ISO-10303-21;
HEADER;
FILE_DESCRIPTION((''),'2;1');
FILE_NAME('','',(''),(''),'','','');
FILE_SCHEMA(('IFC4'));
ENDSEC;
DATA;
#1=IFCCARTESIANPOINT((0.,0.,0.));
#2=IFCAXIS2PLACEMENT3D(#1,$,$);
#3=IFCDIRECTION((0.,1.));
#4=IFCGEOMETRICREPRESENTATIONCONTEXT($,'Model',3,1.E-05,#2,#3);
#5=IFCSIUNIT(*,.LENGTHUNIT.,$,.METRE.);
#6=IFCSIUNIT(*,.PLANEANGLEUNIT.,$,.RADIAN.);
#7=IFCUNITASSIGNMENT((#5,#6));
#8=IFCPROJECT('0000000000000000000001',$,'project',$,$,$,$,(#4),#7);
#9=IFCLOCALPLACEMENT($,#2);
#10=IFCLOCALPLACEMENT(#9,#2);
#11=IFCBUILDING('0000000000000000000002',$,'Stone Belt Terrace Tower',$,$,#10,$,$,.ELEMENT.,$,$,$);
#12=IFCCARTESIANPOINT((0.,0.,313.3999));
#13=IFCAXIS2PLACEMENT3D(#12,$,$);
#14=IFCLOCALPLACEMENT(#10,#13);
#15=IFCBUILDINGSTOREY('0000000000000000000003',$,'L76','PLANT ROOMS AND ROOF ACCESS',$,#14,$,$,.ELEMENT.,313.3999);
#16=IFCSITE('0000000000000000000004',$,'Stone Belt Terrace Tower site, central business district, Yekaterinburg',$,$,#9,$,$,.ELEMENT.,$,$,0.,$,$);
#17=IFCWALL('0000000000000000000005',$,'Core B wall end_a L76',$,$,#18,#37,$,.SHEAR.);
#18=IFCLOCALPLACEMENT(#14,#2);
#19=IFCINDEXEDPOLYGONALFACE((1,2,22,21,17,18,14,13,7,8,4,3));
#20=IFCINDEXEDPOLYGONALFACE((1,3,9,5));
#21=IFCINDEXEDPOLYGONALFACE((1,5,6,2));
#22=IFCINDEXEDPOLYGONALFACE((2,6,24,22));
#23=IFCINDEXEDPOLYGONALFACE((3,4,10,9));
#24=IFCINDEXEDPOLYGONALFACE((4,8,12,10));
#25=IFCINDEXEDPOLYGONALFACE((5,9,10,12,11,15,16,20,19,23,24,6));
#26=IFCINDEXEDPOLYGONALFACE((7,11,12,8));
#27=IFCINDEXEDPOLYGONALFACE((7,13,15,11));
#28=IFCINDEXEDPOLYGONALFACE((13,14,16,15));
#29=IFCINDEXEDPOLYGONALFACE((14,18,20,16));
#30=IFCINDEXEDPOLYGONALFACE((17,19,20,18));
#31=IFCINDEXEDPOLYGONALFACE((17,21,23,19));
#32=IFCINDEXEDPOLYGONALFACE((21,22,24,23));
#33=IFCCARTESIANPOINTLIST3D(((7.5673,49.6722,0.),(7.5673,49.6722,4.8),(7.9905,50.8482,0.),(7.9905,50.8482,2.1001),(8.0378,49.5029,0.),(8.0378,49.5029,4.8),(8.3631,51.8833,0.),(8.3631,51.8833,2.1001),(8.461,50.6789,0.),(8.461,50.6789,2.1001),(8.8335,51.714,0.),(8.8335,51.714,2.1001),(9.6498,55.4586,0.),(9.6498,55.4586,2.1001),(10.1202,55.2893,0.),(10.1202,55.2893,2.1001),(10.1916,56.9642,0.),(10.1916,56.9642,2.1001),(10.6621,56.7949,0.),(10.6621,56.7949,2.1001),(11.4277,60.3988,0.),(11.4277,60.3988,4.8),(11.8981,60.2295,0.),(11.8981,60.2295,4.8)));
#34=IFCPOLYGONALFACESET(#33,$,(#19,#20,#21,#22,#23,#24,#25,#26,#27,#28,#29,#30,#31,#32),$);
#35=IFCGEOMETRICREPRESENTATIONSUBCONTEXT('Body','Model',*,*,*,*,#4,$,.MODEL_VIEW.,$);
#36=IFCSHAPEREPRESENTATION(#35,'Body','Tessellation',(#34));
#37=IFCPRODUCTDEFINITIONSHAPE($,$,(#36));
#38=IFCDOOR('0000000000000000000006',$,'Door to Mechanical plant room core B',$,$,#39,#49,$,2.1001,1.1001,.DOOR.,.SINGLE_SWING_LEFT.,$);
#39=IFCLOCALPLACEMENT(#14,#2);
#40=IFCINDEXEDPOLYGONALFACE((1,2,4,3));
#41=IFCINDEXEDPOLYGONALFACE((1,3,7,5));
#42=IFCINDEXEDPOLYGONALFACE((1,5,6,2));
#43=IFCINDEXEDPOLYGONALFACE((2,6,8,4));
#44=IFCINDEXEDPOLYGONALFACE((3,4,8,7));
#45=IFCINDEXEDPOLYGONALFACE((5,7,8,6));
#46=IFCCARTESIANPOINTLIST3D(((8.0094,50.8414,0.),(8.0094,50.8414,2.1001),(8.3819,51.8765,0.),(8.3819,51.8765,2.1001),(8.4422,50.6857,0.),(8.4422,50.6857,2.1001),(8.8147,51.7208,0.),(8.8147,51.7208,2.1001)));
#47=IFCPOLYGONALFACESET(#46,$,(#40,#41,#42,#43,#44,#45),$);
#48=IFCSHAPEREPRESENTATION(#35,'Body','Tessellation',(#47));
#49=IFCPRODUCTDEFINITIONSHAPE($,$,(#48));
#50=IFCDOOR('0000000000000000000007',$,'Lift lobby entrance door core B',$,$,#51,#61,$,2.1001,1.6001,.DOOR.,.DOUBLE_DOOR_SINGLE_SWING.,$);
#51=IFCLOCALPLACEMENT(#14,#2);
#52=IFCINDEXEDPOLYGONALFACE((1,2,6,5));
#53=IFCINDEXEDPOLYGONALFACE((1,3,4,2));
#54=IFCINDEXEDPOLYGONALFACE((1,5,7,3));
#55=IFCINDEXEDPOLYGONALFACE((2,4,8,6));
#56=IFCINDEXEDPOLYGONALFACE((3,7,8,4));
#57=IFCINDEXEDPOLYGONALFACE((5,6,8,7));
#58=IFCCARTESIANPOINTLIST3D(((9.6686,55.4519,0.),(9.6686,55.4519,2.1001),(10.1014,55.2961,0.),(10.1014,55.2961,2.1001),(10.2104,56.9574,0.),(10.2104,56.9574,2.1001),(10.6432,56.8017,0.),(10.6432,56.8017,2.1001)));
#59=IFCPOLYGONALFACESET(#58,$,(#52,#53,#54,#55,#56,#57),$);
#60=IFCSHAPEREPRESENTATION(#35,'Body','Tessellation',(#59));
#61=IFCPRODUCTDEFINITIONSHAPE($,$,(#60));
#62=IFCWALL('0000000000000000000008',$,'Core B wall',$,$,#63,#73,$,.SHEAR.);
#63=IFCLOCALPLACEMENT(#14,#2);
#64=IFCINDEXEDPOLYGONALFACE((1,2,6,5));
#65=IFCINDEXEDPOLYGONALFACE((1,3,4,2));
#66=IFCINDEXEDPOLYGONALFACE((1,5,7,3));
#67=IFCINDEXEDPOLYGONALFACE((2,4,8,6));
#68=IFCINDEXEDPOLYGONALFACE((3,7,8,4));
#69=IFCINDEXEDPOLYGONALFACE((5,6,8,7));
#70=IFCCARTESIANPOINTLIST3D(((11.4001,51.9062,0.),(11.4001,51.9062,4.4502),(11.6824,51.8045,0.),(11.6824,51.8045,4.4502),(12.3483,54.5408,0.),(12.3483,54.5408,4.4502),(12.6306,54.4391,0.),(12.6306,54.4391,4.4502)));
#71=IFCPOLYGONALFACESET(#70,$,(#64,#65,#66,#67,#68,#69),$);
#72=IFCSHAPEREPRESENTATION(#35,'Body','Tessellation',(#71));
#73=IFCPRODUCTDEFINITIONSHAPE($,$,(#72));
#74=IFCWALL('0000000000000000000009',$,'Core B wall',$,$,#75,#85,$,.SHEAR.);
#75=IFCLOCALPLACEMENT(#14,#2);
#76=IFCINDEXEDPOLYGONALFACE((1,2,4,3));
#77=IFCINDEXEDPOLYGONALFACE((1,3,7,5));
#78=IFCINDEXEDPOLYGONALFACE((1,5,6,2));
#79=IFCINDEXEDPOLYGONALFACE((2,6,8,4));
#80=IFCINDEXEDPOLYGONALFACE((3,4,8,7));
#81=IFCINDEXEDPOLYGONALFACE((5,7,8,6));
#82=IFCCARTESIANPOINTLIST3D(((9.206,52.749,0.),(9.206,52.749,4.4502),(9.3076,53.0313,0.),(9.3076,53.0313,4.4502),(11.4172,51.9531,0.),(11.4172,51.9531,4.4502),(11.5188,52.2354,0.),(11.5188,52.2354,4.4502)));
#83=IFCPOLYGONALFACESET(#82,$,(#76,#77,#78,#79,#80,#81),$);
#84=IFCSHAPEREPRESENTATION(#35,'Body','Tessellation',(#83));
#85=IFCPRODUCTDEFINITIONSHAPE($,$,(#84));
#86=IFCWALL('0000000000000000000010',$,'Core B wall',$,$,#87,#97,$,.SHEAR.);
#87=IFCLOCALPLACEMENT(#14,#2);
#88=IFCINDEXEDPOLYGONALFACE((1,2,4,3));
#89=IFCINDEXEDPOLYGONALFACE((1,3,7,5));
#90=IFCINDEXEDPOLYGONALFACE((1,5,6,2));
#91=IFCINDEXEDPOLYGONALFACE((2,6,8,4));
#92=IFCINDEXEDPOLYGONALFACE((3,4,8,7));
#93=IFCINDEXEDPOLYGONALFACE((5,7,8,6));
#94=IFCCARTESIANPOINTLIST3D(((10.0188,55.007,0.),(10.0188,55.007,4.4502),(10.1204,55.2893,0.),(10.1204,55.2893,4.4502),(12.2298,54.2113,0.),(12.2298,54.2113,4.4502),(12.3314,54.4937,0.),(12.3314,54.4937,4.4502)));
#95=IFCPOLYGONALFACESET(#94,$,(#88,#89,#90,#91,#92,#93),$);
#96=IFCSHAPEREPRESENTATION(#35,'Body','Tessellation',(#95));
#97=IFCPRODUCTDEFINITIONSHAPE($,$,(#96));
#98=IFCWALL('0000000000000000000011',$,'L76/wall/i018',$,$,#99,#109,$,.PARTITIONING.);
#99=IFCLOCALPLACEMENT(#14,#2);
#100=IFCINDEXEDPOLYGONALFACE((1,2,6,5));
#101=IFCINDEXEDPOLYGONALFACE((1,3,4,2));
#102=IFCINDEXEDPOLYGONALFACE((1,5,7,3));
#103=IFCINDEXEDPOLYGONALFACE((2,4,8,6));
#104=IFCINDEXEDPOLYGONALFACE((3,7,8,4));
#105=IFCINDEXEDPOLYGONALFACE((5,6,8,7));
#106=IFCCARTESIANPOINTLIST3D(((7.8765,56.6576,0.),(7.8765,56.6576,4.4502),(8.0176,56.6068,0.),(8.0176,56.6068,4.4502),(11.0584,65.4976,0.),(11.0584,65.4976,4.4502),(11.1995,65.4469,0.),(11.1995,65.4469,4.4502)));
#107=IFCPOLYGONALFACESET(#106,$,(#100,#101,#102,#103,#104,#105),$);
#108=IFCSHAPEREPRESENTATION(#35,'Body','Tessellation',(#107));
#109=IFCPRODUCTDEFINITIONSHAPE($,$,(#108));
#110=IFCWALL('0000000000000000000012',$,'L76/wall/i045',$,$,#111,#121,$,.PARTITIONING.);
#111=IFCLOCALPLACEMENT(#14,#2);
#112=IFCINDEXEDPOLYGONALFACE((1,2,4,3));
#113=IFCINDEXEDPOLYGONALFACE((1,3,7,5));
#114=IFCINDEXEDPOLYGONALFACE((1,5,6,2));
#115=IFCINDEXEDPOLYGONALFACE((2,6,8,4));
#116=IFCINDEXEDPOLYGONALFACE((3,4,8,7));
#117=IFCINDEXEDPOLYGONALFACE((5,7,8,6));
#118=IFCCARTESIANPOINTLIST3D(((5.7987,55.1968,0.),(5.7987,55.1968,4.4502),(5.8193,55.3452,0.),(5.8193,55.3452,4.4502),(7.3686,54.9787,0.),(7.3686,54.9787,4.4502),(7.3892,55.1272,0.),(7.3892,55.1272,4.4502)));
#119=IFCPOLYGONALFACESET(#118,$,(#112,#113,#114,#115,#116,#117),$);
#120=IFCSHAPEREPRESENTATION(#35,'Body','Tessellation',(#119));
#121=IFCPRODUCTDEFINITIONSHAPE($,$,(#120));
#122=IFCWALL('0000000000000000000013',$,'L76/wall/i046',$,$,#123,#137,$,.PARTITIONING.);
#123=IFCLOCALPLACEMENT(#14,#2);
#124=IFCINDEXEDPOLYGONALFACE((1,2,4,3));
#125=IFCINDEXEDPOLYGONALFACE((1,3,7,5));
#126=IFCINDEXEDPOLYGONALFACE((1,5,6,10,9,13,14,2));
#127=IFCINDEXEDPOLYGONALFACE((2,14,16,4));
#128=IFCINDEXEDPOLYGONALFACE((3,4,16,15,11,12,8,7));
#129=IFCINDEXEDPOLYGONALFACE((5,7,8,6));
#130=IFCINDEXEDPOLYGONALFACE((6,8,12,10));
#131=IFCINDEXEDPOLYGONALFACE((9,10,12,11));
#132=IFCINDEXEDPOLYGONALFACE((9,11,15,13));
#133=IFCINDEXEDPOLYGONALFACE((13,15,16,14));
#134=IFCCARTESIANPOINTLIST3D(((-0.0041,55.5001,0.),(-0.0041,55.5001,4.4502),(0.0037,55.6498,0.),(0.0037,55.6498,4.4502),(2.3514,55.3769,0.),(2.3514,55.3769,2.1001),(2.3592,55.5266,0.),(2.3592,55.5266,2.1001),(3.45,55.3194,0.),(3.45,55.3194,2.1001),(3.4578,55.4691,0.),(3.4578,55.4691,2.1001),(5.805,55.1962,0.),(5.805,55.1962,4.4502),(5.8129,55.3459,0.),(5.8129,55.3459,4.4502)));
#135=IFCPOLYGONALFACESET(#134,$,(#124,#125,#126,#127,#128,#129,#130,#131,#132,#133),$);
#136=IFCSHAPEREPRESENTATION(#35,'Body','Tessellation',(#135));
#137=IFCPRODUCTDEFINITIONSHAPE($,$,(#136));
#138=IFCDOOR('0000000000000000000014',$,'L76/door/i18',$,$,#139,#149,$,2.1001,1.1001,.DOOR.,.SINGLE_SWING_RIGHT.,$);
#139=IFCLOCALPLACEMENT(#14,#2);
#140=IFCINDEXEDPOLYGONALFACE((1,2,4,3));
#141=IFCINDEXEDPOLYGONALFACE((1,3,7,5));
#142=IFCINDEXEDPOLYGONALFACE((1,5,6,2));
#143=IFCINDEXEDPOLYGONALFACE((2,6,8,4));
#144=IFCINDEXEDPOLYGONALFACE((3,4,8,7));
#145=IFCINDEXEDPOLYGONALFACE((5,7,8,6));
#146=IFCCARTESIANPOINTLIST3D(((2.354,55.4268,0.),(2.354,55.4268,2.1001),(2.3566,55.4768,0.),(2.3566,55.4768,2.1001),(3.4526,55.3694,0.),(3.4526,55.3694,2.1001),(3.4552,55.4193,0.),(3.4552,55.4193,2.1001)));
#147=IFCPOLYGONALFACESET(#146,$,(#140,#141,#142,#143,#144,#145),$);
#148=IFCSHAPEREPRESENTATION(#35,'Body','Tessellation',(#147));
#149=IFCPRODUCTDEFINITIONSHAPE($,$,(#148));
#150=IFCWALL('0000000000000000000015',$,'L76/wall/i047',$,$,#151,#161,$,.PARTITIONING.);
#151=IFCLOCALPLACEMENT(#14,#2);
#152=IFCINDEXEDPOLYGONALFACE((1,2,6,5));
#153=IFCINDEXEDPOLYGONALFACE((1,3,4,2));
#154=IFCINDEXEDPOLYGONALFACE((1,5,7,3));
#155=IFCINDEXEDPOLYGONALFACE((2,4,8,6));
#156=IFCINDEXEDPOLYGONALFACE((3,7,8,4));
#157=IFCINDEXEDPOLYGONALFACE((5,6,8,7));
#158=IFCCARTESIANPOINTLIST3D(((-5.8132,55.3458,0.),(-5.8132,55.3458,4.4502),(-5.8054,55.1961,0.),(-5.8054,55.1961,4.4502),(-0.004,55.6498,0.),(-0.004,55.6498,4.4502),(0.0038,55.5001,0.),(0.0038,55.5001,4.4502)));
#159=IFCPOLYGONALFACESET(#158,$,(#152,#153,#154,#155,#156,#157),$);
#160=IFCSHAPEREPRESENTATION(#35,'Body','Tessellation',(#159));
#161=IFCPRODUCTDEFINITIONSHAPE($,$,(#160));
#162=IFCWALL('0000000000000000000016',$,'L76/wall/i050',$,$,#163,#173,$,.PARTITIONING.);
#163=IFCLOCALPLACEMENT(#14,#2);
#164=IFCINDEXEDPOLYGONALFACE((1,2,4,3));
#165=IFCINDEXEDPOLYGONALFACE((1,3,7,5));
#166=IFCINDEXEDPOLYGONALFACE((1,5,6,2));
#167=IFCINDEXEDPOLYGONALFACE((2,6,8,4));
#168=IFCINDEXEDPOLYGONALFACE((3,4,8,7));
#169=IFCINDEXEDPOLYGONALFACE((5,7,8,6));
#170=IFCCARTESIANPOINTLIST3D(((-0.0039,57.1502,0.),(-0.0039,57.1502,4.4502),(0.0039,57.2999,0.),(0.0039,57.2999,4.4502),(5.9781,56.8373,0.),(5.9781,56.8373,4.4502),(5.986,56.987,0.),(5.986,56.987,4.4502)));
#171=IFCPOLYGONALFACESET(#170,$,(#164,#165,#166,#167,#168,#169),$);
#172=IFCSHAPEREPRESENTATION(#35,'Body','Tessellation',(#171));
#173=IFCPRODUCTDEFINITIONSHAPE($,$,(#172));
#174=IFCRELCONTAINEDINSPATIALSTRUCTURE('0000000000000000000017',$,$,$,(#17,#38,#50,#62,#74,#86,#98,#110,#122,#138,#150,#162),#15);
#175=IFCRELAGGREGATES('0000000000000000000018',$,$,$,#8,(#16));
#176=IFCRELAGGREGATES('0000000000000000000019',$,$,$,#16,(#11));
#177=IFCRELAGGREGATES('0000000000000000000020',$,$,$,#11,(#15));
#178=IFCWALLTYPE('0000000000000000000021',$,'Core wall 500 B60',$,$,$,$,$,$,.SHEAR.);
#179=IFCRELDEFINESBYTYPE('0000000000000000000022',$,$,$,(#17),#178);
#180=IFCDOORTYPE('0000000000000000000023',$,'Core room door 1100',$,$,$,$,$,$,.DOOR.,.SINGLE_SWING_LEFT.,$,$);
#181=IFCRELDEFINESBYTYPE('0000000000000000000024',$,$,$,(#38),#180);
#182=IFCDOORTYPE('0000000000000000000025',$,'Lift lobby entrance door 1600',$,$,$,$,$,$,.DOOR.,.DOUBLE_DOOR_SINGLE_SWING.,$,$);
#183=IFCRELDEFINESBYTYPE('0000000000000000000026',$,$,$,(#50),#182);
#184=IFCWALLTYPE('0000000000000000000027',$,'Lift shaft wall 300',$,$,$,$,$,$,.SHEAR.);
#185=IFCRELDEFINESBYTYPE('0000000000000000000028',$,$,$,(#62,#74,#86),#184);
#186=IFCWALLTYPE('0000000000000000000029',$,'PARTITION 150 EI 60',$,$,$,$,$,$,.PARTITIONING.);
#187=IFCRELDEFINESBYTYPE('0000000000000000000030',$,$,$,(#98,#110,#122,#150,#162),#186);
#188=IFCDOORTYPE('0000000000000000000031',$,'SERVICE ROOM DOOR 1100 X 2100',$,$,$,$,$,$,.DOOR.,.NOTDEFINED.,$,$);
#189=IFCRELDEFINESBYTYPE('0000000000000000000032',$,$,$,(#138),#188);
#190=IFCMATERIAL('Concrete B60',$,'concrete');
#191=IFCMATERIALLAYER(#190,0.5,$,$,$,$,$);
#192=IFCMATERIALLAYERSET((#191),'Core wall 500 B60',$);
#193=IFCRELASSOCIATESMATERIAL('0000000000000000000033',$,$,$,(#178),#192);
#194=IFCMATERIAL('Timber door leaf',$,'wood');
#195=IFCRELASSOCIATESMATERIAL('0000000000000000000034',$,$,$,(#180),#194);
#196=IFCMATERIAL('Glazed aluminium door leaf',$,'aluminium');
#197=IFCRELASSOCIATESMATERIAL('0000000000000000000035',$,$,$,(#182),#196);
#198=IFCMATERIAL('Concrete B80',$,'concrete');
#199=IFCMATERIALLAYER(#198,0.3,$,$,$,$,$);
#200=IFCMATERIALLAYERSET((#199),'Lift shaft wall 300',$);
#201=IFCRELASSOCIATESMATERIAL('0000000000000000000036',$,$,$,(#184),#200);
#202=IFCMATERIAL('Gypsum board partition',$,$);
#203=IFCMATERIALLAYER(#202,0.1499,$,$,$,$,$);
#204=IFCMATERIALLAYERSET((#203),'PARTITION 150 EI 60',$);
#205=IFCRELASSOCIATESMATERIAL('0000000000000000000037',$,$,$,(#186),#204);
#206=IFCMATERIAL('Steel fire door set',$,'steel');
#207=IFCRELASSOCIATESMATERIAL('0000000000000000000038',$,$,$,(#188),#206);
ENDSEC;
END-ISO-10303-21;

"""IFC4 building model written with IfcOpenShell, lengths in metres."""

from ifc_helpers import new_model, si_unit, direction, frame, frame_2d, origin, place, context, subcontext, project, spatial, rectangle, extrude, material, layer, layer_set, type_object, element, fill, save


model = new_model("IFC4")

# Units and contexts
model_context = context("Model", 3, precision=1e-05, world=origin(), true_north=direction((0.0, 1.0)))
body_context = subcontext(model_context, "Body", "Model", "MODEL_VIEW")
ifc_project = project(units=[si_unit("LENGTHUNIT", "METRE"), si_unit("PLANEANGLEUNIT", "RADIAN")], contexts=[model_context])

# Site, building, storey
site_placement = place(None, origin())
site = spatial("IfcSite", under=ifc_project, at=site_placement, Name="Stone Belt Terrace Tower site, central business district, Yekaterinburg", CompositionType="ELEMENT", RefElevation=0.0)
building_placement = place(site_placement, origin())
building = spatial("IfcBuilding", under=site, at=building_placement, Name="Stone Belt Terrace Tower", CompositionType="ELEMENT")
storey_placement = place(building_placement, frame((0.0, 0.0, 313.3999)))
storey = spatial("IfcBuildingStorey", under=building, at=storey_placement, Name="L76", Description="PLANT ROOMS AND ROOF ACCESS", CompositionType="ELEMENT", Elevation=313.3999)

# Shared definitions
ifc_material_1 = material(Name="Concrete B60", Category="concrete")

# Shared definitions
ifc_layer_1 = layer(ifc_material_1, 0.5)
ifc_layer_set_1 = layer_set([ifc_layer_1], Name="Core wall 500 B60")
wall_type_1 = type_object("IfcWallType", Name="Core wall 500 B60", PredefinedType="SHEAR", material=ifc_layer_set_1)

# Wall, openings, doors
wall_1_placement = place(storey_placement, frame((7.8025, 49.5874, 0.0), z_axis=(0.0, 0.0, 1.0), x_axis=(0.338625, 0.940921, 0.0)))
wall_1 = element("IfcWall", 1, at=wall_1_placement, inside=storey, type_object=wall_type_1, Name="Core B wall end_a L76", PredefinedType="SHEAR", context=body_context, shape_type="SweptSolid", body=[
    extrude(rectangle(XDim=11.4001, YDim=0.5, at=frame_2d((5.7002, 0.0))), origin(), (0.0, 0.0, 1.0), 4.8),
])
opening_1_placement = place(wall_1_placement, frame((6.1499, 0.0, 0.0)))
opening_1 = element("IfcOpeningElement", 2, at=opening_1_placement, cuts=wall_1, PredefinedType="OPENING", context=body_context, shape_type="SweptSolid", body=[
    extrude(rectangle(XDim=1.6001, YDim=2.1001, at=frame_2d((0.8, 1.05))), frame((0.0, 0.26, 0.0), z_axis=(0.0, -1.0, 0.0), x_axis=(1.0, 0.0, 0.0)), (0.0, 0.0, 1.0), 0.52),
])
opening_2_placement = place(wall_1_placement, frame((1.25, 0.0, 0.0)))
opening_2 = element("IfcOpeningElement", 3, at=opening_2_placement, cuts=wall_1, PredefinedType="OPENING", context=body_context, shape_type="SweptSolid", body=[
    extrude(rectangle(XDim=1.1001, YDim=2.1001, at=frame_2d((0.55, 1.05))), frame((0.0, 0.26, 0.0), z_axis=(0.0, -1.0, 0.0), x_axis=(1.0, 0.0, 0.0)), (0.0, 0.0, 1.0), 0.52),
])
ifc_material_2 = material(Name="Timber door leaf", Category="wood")
door_type_1 = type_object("IfcDoorType", Name="Core room door 1100", OperationType="SINGLE_SWING_LEFT", PredefinedType="DOOR", material=ifc_material_2)
door_1_placement = place(opening_2_placement, origin())
door_1 = element("IfcDoor", 4, at=door_1_placement, inside=storey, type_object=door_type_1, Name="Door to Mechanical plant room core B", OperationType="SINGLE_SWING_LEFT", OverallHeight=2.1001, OverallWidth=1.1001, PredefinedType="DOOR", context=body_context, shape_type="SweptSolid", body=[
    extrude(rectangle(XDim=1.1001, YDim=2.1001, at=frame_2d((0.55, 1.05))), frame((0.0, 0.23, 0.0), z_axis=(0.0, -1.0, 0.0), x_axis=(1.0, 0.0, 0.0)), (0.0, 0.0, 1.0), 0.46),
])
fill(opening_2, door_1)
ifc_material_3 = material(Name="Glazed aluminium door leaf", Category="aluminium")
door_type_2 = type_object("IfcDoorType", Name="Lift lobby entrance door 1600", OperationType="DOUBLE_DOOR_SINGLE_SWING", PredefinedType="DOOR", material=ifc_material_3)
door_2_placement = place(opening_1_placement, origin())
door_2 = element("IfcDoor", 5, at=door_2_placement, inside=storey, type_object=door_type_2, Name="Lift lobby entrance door core B", OperationType="DOUBLE_DOOR_SINGLE_SWING", OverallHeight=2.1001, OverallWidth=1.6001, PredefinedType="DOOR", context=body_context, shape_type="SweptSolid", body=[
    extrude(rectangle(XDim=1.6001, YDim=2.1001, at=frame_2d((0.8, 1.05))), frame((0.0, 0.23, 0.0), z_axis=(0.0, -1.0, 0.0), x_axis=(1.0, 0.0, 0.0)), (0.0, 0.0, 1.0), 0.46),
])
fill(opening_1, door_2)

# Walls
ifc_material_4 = material(Name="Concrete B80", Category="concrete")
ifc_layer_2 = layer(ifc_material_4, 0.3)
ifc_layer_set_2 = layer_set([ifc_layer_2], Name="Lift shaft wall 300")
wall_type_2 = type_object("IfcWallType", Name="Lift shaft wall 300", PredefinedType="SHEAR", material=ifc_layer_set_2)
wall_2_placement = place(storey_placement, frame((11.5413, 51.8555, 0.0), z_axis=(0.0, 0.0, 1.0), x_axis=(0.338661, 0.940909, 0.0)))
element("IfcWall", 6, at=wall_2_placement, inside=storey, type_object=wall_type_2, Name="Core B wall", PredefinedType="SHEAR", context=body_context, shape_type="SweptSolid", body=[
    extrude(rectangle(XDim=2.8, YDim=0.3, at=frame_2d((1.3999, 0.0))), origin(), (0.0, 0.0, 1.0), 4.4502),
])
wall_3_placement = place(storey_placement, frame((11.468, 52.0942, 0.0), z_axis=(0.0, 0.0, 1.0), x_axis=(-0.940905, 0.338672, 0.0)))
element("IfcWall", 7, at=wall_3_placement, inside=storey, type_object=wall_type_2, Name="Core B wall", PredefinedType="SHEAR", context=body_context, shape_type="SweptSolid", body=[
    extrude(rectangle(XDim=2.3501, YDim=0.3, at=frame_2d((1.175, 0.0))), origin(), (0.0, 0.0, 1.0), 4.4502),
])
wall_4_placement = place(storey_placement, frame((12.2805, 54.3525, 0.0), z_axis=(0.0, 0.0, 1.0), x_axis=(-0.940926, 0.338613, 0.0)))
element("IfcWall", 8, at=wall_4_placement, inside=storey, type_object=wall_type_2, Name="Core B wall", PredefinedType="SHEAR", context=body_context, shape_type="SweptSolid", body=[
    extrude(rectangle(XDim=2.3499, YDim=0.3, at=frame_2d((1.1748, 0.0))), origin(), (0.0, 0.0, 1.0), 4.4502),
])
ifc_material_5 = material(Name="Gypsum board partition")
ifc_layer_3 = layer(ifc_material_5, 0.1499)
ifc_layer_set_3 = layer_set([ifc_layer_3], Name="PARTITION 150 EI 60")
wall_type_3 = type_object("IfcWallType", Name="PARTITION 150 EI 60", PredefinedType="PARTITIONING", material=ifc_layer_set_3)
wall_5_placement = place(storey_placement, frame((7.947, 56.6321, 0.0), z_axis=(0.0, 0.0, 1.0), x_axis=(0.338668, 0.940906, 0.0)))
element("IfcWall", 9, at=wall_5_placement, inside=storey, type_object=wall_type_3, Name="L76/wall/i018", PredefinedType="PARTITIONING", context=body_context, shape_type="SweptSolid", body=[
    extrude(rectangle(XDim=9.3953, YDim=0.1499, at=frame_2d((4.6978, 0.0))), origin(), (0.0, 0.0, 1.0), 4.4502),
])
wall_6_placement = place(storey_placement, frame((7.3789, 55.053, 0.0), z_axis=(0.0, 0.0, 1.0), x_axis=(-0.990493, 0.13756, 0.0)))
element("IfcWall", 10, at=wall_6_placement, inside=storey, type_object=wall_type_3, Name="L76/wall/i045", PredefinedType="PARTITIONING", context=body_context, shape_type="SweptSolid", body=[
    extrude(rectangle(XDim=1.585, YDim=0.1499, at=frame_2d((0.7925, 0.0))), origin(), (0.0, 0.0, 1.0), 4.4502),
])

# Wall, opening, door
wall_7_placement = place(storey_placement, frame((5.8091, 55.271, 0.0), z_axis=(0.0, 0.0, 1.0), x_axis=(-0.998634, 0.052253, 0.0)))
wall_7 = element("IfcWall", 11, at=wall_7_placement, inside=storey, type_object=wall_type_3, Name="L76/wall/i046", PredefinedType="PARTITIONING", context=body_context, shape_type="SweptSolid", body=[
    extrude(rectangle(XDim=5.8171, YDim=0.1499, at=frame_2d((2.9087, 0.0))), origin(), (0.0, 0.0, 1.0), 4.4502),
])
opening_3_placement = place(wall_7_placement, frame((2.3584, 0.0, 0.0)))
opening_3 = element("IfcOpeningElement", 12, at=opening_3_placement, cuts=wall_7, PredefinedType="OPENING", context=body_context, shape_type="SweptSolid", body=[
    extrude(rectangle(XDim=1.1001, YDim=2.1001, at=frame_2d((0.55, 1.05))), frame((0.0, 0.085, 0.0), z_axis=(0.0, -1.0, 0.0), x_axis=(1.0, 0.0, 0.0)), (0.0, 0.0, 1.0), 0.1699),
])
ifc_material_6 = material(Name="Steel fire door set", Category="steel")
door_type_3 = type_object("IfcDoorType", Name="SERVICE ROOM DOOR 1100 X 2100", OperationType="NOTDEFINED", PredefinedType="DOOR", material=ifc_material_6)
door_3_placement = place(opening_3_placement, origin())
door_3 = element("IfcDoor", 13, at=door_3_placement, inside=storey, type_object=door_type_3, Name="L76/door/i18", OperationType="SINGLE_SWING_RIGHT", OverallHeight=2.1001, OverallWidth=1.1001, PredefinedType="DOOR", context=body_context, shape_type="SweptSolid", body=[
    extrude(rectangle(XDim=1.1001, YDim=2.1001, at=frame_2d((0.55, 1.05))), frame((0.0, 0.0249, 0.0), z_axis=(0.0, -1.0, 0.0), x_axis=(1.0, 0.0, 0.0)), (0.0, 0.0, 1.0), 0.05),
])
fill(opening_3, door_3)

# Walls
wall_8_placement = place(storey_placement, frame((0.0, 55.575, 0.0), z_axis=(0.0, 0.0, 1.0), x_axis=(-0.998634, -0.052253, 0.0)))
element("IfcWall", 14, at=wall_8_placement, inside=storey, type_object=wall_type_3, Name="L76/wall/i047", PredefinedType="PARTITIONING", context=body_context, shape_type="SweptSolid", body=[
    extrude(rectangle(XDim=5.8171, YDim=0.1499, at=frame_2d((2.9087, 0.0))), origin(), (0.0, 0.0, 1.0), 4.4502),
])
wall_9_placement = place(storey_placement, frame((0.0, 57.2251, 0.0), z_axis=(0.0, 0.0, 1.0), x_axis=(0.998634, -0.052251, 0.0)))
element("IfcWall", 15, at=wall_9_placement, inside=storey, type_object=wall_type_3, Name="L76/wall/i050", PredefinedType="PARTITIONING", context=body_context, shape_type="SweptSolid", body=[
    extrude(rectangle(XDim=5.9902, YDim=0.1499, at=frame_2d((2.9951, 0.0))), origin(), (0.0, 0.0, 1.0), 4.4502),
])

save(model, "model.ifc")
